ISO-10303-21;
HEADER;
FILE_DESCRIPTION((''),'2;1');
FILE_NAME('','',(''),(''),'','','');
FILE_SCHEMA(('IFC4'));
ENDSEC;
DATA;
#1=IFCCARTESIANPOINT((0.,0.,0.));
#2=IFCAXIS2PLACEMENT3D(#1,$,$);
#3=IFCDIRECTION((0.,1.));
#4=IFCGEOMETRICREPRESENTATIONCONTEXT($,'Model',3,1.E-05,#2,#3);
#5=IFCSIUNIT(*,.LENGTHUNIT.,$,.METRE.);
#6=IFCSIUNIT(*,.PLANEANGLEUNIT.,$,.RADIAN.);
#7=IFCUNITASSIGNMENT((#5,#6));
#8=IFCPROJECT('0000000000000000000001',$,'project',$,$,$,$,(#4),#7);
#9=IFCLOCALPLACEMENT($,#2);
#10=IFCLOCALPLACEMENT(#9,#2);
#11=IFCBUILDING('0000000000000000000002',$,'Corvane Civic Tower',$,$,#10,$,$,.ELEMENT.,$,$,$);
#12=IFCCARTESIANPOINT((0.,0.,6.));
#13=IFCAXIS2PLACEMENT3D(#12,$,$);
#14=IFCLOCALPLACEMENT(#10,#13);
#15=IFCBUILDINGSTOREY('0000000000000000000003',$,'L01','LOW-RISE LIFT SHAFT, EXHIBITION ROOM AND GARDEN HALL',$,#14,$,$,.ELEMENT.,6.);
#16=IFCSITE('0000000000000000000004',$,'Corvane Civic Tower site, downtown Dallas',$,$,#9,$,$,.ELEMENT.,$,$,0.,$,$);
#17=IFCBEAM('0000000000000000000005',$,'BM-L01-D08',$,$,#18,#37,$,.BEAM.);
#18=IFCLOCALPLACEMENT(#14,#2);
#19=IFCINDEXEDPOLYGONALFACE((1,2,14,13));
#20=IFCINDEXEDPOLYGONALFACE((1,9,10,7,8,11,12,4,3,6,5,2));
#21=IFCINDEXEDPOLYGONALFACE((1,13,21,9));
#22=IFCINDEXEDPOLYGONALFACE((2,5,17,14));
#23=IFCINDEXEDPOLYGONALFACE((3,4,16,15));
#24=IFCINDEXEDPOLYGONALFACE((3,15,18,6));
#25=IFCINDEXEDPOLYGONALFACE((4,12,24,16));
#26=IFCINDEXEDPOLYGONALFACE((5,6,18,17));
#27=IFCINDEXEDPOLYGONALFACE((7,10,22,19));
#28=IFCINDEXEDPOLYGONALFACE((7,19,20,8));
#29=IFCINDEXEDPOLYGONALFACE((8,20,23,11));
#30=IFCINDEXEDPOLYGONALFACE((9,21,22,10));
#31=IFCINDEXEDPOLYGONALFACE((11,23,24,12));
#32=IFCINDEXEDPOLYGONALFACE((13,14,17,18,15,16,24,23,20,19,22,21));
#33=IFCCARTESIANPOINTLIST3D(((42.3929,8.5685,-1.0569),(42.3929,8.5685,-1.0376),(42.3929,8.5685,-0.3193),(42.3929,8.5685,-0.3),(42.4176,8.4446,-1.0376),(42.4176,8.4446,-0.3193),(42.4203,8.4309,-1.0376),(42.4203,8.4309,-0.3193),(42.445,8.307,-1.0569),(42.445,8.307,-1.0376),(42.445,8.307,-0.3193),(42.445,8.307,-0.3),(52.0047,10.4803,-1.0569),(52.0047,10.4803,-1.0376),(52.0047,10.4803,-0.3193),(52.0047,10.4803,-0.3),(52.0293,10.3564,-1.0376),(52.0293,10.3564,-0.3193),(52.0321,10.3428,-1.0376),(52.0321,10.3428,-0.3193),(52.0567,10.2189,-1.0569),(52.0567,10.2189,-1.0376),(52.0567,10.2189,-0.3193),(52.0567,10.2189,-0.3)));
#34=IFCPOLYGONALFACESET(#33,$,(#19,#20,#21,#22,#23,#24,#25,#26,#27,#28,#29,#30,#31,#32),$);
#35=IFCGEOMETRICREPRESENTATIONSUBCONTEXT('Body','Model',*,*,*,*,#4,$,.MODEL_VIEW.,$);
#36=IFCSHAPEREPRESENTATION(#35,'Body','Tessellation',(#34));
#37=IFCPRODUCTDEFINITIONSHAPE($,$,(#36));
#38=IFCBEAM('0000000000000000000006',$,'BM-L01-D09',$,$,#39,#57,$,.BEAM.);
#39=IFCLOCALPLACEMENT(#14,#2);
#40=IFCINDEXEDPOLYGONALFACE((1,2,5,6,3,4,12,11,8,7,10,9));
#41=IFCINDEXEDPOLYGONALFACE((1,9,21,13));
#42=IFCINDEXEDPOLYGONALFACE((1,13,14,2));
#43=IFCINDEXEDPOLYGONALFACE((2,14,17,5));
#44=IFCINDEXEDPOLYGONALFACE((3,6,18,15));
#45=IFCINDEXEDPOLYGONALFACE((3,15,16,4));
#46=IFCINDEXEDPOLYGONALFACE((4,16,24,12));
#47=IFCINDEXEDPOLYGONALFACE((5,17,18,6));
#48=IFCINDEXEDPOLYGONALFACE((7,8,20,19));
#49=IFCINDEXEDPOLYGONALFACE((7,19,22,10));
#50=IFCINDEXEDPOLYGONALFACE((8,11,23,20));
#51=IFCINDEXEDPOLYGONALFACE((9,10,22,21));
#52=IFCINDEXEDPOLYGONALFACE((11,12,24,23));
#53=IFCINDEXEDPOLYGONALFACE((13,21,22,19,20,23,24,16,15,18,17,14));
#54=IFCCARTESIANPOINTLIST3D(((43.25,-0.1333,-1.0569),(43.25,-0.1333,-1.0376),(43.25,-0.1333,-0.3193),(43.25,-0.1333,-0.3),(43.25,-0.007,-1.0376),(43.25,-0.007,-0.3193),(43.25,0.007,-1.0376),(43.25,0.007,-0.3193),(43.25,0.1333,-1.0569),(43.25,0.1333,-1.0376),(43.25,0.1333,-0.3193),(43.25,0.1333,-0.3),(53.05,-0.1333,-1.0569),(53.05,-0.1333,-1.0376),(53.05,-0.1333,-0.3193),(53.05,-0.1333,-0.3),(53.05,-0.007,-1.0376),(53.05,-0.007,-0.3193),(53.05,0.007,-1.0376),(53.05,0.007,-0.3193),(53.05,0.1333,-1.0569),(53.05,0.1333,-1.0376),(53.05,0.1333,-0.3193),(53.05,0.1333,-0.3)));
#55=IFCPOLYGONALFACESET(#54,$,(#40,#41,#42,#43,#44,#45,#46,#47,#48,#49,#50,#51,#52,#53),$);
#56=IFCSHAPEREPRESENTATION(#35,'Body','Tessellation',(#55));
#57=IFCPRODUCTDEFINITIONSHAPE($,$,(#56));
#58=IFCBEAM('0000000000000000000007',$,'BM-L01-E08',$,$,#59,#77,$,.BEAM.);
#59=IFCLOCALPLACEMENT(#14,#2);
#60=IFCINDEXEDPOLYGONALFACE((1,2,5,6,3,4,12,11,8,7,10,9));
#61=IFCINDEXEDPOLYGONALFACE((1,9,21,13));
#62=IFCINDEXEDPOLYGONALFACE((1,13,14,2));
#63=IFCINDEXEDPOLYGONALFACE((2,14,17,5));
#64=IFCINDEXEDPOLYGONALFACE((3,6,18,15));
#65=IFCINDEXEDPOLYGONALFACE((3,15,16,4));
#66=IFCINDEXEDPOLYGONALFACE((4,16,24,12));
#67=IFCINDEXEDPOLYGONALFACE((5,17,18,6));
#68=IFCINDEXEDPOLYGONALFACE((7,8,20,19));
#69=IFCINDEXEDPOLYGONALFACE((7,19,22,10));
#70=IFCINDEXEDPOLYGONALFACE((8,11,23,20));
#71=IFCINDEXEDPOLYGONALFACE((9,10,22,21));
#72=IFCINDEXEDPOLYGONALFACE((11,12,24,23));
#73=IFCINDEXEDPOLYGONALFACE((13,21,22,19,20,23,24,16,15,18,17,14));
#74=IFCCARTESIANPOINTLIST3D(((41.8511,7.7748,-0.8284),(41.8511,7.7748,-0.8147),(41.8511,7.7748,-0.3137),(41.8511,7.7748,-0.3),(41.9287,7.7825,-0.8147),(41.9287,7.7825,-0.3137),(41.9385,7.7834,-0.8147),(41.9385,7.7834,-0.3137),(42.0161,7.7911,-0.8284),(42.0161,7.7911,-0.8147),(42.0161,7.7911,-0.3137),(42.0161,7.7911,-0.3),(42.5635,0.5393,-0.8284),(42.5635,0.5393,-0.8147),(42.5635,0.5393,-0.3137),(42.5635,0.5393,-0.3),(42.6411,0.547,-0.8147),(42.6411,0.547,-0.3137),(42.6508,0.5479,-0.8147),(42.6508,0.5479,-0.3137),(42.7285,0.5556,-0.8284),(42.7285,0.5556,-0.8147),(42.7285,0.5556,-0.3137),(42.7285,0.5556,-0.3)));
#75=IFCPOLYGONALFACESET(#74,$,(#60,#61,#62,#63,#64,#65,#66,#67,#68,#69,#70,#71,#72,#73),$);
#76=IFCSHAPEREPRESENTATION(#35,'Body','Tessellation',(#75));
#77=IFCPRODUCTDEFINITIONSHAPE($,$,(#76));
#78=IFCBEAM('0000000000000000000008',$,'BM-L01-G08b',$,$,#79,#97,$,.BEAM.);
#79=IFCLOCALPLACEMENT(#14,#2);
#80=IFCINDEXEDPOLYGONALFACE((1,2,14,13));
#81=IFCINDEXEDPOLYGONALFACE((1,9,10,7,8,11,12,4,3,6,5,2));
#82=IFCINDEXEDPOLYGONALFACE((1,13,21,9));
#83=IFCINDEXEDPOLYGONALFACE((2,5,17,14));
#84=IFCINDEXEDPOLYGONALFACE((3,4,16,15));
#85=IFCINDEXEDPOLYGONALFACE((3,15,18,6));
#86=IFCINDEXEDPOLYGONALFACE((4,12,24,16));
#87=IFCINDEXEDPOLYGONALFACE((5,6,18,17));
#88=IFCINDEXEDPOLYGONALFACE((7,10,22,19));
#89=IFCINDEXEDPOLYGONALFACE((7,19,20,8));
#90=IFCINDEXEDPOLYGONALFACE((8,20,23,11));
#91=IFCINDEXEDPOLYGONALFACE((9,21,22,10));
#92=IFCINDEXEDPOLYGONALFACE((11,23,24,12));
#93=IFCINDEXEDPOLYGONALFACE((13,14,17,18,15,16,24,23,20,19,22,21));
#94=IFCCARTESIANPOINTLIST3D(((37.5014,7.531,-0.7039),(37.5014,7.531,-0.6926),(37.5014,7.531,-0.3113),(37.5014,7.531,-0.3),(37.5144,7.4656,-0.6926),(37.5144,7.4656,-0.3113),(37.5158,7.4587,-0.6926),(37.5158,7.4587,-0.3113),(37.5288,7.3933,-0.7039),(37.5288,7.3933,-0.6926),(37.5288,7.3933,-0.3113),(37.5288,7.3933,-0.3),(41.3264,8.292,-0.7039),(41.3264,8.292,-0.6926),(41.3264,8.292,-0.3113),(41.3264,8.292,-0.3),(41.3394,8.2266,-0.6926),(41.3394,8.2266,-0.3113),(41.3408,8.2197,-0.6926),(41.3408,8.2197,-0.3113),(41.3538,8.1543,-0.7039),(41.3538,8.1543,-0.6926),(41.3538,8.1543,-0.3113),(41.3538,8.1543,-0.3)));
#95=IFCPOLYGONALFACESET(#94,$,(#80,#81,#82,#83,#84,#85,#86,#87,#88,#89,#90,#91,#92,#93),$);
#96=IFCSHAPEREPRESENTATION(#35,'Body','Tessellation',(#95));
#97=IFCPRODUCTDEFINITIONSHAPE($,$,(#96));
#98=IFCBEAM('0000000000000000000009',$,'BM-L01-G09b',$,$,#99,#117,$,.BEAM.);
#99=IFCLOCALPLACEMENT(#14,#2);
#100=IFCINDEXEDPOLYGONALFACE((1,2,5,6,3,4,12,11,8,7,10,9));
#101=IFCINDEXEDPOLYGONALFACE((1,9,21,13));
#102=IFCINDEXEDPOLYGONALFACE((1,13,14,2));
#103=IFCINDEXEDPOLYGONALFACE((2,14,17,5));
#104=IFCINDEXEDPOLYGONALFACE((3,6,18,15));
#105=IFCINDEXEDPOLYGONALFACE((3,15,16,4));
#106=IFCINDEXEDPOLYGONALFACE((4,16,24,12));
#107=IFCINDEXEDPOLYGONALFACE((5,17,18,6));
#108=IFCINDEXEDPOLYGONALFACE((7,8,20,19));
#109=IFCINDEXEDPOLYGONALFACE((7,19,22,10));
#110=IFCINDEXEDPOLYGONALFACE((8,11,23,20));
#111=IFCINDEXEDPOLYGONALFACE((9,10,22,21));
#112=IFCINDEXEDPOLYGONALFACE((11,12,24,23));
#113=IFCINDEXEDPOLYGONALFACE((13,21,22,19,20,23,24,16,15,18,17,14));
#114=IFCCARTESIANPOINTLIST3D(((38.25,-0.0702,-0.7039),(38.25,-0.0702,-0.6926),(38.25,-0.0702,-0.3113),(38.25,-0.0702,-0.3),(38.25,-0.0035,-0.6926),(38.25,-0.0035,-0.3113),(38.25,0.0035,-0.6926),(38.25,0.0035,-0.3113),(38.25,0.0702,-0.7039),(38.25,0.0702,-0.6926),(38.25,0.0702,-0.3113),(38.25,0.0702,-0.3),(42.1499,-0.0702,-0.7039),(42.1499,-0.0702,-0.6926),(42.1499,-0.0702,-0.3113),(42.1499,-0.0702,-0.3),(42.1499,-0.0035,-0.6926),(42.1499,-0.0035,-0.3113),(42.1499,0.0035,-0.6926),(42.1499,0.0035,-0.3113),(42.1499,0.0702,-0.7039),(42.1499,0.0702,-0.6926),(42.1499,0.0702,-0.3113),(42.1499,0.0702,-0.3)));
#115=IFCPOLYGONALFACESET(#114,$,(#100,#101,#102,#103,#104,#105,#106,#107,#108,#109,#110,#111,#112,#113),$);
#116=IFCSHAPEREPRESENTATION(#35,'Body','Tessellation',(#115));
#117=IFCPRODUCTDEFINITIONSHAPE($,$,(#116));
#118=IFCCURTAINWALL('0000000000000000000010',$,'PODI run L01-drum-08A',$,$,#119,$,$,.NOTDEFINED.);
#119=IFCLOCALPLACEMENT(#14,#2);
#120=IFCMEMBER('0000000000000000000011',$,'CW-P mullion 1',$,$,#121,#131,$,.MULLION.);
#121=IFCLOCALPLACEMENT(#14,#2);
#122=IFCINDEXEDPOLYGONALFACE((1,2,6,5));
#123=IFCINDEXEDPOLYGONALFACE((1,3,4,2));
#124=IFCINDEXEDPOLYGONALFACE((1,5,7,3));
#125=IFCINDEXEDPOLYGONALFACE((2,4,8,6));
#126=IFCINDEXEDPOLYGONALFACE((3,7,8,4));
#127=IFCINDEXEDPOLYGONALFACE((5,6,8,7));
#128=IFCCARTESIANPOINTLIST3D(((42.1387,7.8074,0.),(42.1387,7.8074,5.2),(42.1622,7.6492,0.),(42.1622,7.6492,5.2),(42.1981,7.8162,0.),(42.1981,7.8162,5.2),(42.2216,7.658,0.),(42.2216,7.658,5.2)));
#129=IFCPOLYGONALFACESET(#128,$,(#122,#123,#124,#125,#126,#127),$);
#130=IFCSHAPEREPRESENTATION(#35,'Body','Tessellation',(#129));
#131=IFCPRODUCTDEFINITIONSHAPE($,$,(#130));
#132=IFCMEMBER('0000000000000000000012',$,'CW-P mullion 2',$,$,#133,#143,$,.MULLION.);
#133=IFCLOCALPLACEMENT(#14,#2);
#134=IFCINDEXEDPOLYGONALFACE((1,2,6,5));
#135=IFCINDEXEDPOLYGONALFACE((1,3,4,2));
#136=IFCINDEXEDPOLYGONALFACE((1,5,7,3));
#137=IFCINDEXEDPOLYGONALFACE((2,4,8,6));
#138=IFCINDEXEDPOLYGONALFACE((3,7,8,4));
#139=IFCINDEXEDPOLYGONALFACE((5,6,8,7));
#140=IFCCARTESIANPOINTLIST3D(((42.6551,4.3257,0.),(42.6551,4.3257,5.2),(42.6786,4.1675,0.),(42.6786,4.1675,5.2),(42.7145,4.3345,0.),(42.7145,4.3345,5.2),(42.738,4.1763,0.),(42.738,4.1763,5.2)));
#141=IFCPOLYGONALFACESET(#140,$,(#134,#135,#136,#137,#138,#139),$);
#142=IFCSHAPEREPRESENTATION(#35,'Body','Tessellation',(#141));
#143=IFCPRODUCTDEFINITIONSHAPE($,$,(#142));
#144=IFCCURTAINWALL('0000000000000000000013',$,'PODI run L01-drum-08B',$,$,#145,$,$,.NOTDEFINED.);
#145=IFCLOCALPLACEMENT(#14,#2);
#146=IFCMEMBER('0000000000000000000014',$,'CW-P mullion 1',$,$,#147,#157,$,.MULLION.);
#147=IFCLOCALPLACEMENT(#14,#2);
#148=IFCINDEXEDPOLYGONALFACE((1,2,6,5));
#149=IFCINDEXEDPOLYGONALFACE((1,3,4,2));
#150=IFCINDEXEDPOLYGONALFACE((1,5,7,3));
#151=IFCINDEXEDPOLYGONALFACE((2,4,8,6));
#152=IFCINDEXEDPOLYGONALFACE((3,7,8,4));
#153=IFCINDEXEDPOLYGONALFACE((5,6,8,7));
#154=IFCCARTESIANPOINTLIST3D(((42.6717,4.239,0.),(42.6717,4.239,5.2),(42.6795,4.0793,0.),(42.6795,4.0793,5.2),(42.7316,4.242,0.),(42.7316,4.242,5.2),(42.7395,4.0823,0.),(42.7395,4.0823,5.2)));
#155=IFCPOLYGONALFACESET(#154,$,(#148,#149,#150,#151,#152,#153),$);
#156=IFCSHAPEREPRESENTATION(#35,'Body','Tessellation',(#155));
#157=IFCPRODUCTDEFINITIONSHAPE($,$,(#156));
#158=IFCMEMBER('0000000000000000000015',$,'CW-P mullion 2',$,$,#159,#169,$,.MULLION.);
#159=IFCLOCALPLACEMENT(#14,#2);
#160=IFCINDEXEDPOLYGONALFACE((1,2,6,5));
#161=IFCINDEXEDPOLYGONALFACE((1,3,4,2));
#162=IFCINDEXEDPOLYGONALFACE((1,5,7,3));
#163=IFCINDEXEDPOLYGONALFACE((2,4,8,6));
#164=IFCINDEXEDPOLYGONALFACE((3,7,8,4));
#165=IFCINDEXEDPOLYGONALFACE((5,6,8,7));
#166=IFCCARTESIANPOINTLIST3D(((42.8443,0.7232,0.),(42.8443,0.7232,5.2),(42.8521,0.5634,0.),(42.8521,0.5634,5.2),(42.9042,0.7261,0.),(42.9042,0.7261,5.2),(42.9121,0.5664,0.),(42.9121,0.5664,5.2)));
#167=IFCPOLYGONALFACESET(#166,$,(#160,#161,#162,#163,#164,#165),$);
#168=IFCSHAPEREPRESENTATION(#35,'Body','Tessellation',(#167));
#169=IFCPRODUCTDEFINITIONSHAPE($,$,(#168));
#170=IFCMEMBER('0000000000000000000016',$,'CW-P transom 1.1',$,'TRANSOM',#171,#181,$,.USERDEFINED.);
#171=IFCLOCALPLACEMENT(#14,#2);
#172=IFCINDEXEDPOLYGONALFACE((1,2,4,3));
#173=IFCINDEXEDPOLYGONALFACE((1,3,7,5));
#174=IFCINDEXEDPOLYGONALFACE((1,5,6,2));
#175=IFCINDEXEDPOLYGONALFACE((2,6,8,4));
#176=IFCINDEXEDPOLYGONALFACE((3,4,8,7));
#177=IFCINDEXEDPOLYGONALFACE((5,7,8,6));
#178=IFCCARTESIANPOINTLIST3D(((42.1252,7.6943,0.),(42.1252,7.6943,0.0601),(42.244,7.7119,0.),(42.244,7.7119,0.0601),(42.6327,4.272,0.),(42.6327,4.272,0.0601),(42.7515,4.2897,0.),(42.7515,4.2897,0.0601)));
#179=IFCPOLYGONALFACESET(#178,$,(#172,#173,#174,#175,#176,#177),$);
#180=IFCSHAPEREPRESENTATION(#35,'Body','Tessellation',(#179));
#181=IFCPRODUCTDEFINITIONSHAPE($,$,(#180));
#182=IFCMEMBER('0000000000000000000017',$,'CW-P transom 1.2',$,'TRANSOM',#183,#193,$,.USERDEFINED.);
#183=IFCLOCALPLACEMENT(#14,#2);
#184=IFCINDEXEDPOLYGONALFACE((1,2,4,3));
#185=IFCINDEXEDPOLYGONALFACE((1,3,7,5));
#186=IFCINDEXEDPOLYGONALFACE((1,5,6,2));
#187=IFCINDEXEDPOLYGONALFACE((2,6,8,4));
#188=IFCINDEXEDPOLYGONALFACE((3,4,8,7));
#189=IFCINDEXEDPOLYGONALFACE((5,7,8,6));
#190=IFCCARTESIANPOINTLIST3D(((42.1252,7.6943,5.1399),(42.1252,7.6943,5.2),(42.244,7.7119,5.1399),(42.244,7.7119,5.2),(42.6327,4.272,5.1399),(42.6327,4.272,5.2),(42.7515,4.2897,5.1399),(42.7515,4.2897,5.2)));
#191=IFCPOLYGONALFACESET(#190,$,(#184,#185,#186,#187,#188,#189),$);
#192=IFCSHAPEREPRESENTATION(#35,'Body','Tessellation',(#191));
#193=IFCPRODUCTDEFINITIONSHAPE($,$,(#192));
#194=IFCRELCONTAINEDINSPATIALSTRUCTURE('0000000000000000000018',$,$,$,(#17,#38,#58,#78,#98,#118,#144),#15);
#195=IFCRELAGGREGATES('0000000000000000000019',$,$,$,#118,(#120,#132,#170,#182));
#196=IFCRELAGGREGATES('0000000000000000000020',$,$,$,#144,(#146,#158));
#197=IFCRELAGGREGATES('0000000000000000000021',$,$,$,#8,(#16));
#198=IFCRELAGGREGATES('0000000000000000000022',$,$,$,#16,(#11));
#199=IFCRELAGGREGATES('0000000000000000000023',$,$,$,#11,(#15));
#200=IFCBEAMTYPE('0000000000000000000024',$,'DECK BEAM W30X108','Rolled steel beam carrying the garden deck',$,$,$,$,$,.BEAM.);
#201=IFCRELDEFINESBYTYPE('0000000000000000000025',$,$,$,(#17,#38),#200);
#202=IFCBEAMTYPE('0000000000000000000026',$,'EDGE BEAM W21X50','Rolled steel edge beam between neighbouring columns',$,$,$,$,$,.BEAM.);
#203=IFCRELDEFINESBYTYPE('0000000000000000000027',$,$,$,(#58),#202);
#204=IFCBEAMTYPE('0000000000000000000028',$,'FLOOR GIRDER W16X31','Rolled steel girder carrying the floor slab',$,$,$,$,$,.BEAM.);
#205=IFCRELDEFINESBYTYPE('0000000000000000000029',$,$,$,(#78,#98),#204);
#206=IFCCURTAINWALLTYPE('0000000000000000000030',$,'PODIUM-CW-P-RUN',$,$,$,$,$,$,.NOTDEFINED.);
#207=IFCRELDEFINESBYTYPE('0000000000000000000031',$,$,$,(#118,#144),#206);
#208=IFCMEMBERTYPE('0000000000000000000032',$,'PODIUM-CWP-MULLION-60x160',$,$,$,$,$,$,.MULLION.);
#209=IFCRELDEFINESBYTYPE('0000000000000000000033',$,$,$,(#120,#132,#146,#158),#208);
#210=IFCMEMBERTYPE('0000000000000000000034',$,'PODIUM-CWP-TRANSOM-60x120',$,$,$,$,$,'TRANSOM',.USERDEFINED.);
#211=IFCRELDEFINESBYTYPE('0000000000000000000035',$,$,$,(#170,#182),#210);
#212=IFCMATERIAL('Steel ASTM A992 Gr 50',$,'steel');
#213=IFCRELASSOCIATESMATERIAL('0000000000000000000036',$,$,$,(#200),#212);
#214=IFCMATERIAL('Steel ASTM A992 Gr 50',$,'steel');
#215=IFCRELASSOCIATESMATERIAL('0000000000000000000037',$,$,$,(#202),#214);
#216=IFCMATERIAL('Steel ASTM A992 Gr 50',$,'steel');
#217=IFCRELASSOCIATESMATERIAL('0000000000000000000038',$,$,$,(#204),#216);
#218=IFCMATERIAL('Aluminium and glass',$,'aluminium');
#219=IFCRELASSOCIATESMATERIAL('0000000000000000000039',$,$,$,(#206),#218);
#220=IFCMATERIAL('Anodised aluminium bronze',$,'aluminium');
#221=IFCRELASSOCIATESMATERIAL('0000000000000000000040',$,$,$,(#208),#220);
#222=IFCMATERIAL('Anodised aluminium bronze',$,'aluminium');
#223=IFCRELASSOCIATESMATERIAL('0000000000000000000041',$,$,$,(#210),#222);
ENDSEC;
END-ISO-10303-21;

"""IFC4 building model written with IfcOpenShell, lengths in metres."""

from ifc_helpers import new_model, si_unit, direction, frame, origin, origin_2d, place, context, subcontext, project, spatial, rectangle, i_section, extrude, material, material_profile, profile_set, type_object, element, aggregate, save


model = new_model("IFC4")

# Units and contexts
model_context = context("Model", 3, precision=1e-05, world=origin(), true_north=direction((0.0, 1.0)))
body_context = subcontext(model_context, "Body", "Model", "MODEL_VIEW")
ifc_project = project(units=[si_unit("LENGTHUNIT", "METRE"), si_unit("PLANEANGLEUNIT", "RADIAN")], contexts=[model_context])

# Site, building, storey
site_placement = place(None, origin())
site = spatial("IfcSite", under=ifc_project, at=site_placement, Name="Corvane Civic Tower site, downtown Dallas", CompositionType="ELEMENT", RefElevation=0.0)
building_placement = place(site_placement, origin())
building = spatial("IfcBuilding", under=site, at=building_placement, Name="Corvane Civic Tower", CompositionType="ELEMENT")
storey_placement = place(building_placement, frame((0.0, 0.0, 6.0)))
storey = spatial("IfcBuildingStorey", under=building, at=storey_placement, Name="L01", Description="LOW-RISE LIFT SHAFT, EXHIBITION ROOM AND GARDEN HALL", CompositionType="ELEMENT", Elevation=6.0)

# Beams
ifc_material_1 = material(Name="Steel ASTM A992 Gr 50", Category="steel")
ifc_material_profile_1 = material_profile(ifc_material_1, i_section(OverallWidth=0.2666, OverallDepth=0.7568, WebThickness=0.0139, FlangeThickness=0.0193, at=origin_2d()), Name="W30X108")
ifc_profile_set_1 = profile_set([ifc_material_profile_1], Name="Steel ASTM A992 Gr 50")
beam_type_1 = type_object("IfcBeamType", Name="DECK BEAM W30X108", Description="Rolled steel beam carrying the garden deck", PredefinedType="BEAM", material=ifc_profile_set_1)
for number, where, z_axis, x_axis, name in (
    (1, (42.4189, 8.4377, -0.6785), (0.980786, 0.195086, 0.0), (-0.195086, 0.980786, 0.0), "BM-L01-D08"),
    (2, (43.25, 0.0, -0.6785), (1.0, 0.0, 0.0), (0.0, 1.0, 0.0), "BM-L01-D09"),
):
    element("IfcBeam", number, at=place(storey_placement, frame(where, z_axis=z_axis, x_axis=x_axis)), inside=storey, type_object=beam_type_1, Name=name, PredefinedType="BEAM", context=body_context, shape_type="SweptSolid", body=[
        extrude(i_section(OverallWidth=0.2666, OverallDepth=0.7568, WebThickness=0.0139, FlangeThickness=0.0193, at=origin_2d()), origin(), (0.0, 0.0, 1.0), 9.8),
    ])
ifc_material_2 = material(Name="Steel ASTM A992 Gr 50", Category="steel")
ifc_material_profile_2 = material_profile(ifc_material_2, i_section(OverallWidth=0.1658, OverallDepth=0.5283, WebThickness=0.0098, FlangeThickness=0.0137, at=origin_2d()), Name="W21X50")
ifc_profile_set_2 = profile_set([ifc_material_profile_2], Name="Steel ASTM A992 Gr 50")
beam_type_2 = type_object("IfcBeamType", Name="EDGE BEAM W21X50", Description="Rolled steel edge beam between neighbouring columns", PredefinedType="BEAM", material=ifc_profile_set_2)
beam_placement = place(storey_placement, frame((41.9336, 7.783, -0.5642), z_axis=(0.097984, -0.995188, 0.0), x_axis=(0.995188, 0.097984, 0.0)))
element("IfcBeam", 3, at=beam_placement, inside=storey, type_object=beam_type_2, Name="BM-L01-E08", PredefinedType="BEAM", context=body_context, shape_type="SweptSolid", body=[
    extrude(i_section(OverallWidth=0.1658, OverallDepth=0.5283, WebThickness=0.0098, FlangeThickness=0.0137, at=origin_2d()), origin(), (0.0, 0.0, 1.0), 7.2705),
])
ifc_material_3 = material(Name="Steel ASTM A992 Gr 50", Category="steel")
ifc_material_profile_3 = material_profile(ifc_material_3, i_section(OverallWidth=0.1404, OverallDepth=0.4038, WebThickness=0.0071, FlangeThickness=0.0112, at=origin_2d()), Name="W16X31")
ifc_profile_set_3 = profile_set([ifc_material_profile_3], Name="Steel ASTM A992 Gr 50")
beam_type_3 = type_object("IfcBeamType", Name="FLOOR GIRDER W16X31", Description="Rolled steel girder carrying the floor slab", PredefinedType="BEAM", material=ifc_profile_set_3)
for number, where, z_axis, x_axis, name in (
    (4, (37.5151, 7.4622, -0.502), (0.980778, 0.195129, 0.0), (-0.195129, 0.980778, 0.0), "BM-L01-G08b"),
    (5, (38.25, 0.0, -0.502), (1.0, 0.0, 0.0), (0.0, 1.0, 0.0), "BM-L01-G09b"),
):
    element("IfcBeam", number, at=place(storey_placement, frame(where, z_axis=z_axis, x_axis=x_axis)), inside=storey, type_object=beam_type_3, Name=name, PredefinedType="BEAM", context=body_context, shape_type="SweptSolid", body=[
        extrude(i_section(OverallWidth=0.1404, OverallDepth=0.4038, WebThickness=0.0071, FlangeThickness=0.0112, at=origin_2d()), origin(), (0.0, 0.0, 1.0), 3.8999),
    ])

# Curtain walls, members
ifc_material_4 = material(Name="Aluminium and glass", Category="aluminium")
curtain_wall_type = type_object("IfcCurtainWallType", Name="PODIUM-CW-P-RUN", PredefinedType="NOTDEFINED", material=ifc_material_4)
curtain_wall_1_placement = place(storey_placement, origin())
curtain_wall_1 = element("IfcCurtainWall", 6, at=curtain_wall_1_placement, inside=storey, type_object=curtain_wall_type, Name="PODI run L01-drum-08A", PredefinedType="NOTDEFINED")
ifc_material_5 = material(Name="Anodised aluminium bronze", Category="aluminium")
ifc_material_profile_4 = material_profile(ifc_material_5, rectangle(XDim=0.0601, YDim=0.1599, at=origin_2d()), Name="AL 60x160")
ifc_profile_set_4 = profile_set([ifc_material_profile_4], Name="Anodised aluminium bronze")
member_type_1 = type_object("IfcMemberType", Name="PODIUM-CWP-MULLION-60x160", PredefinedType="MULLION", material=ifc_profile_set_4)
member_1_placement = place(storey_placement, frame((42.1802, 7.7327, 0.0), z_axis=(0.0, 0.0, 1.0), x_axis=(0.989179, 0.146715, 0.0)))
member_1 = element("IfcMember", 7, at=member_1_placement, type_object=member_type_1, Name="CW-P mullion 1", PredefinedType="MULLION", context=body_context, shape_type="SweptSolid", body=[
    extrude(rectangle(XDim=0.0601, YDim=0.1599, at=origin_2d()), origin(), (0.0, 0.0, 1.0), 5.2),
])
member_2_placement = place(storey_placement, frame((42.6965, 4.251, 0.0), z_axis=(0.0, 0.0, 1.0), x_axis=(0.989179, 0.146715, 0.0)))
member_2 = element("IfcMember", 8, at=member_2_placement, type_object=member_type_1, Name="CW-P mullion 2", PredefinedType="MULLION", context=body_context, shape_type="SweptSolid", body=[
    extrude(rectangle(XDim=0.0601, YDim=0.1599, at=origin_2d()), origin(), (0.0, 0.0, 1.0), 5.2),
])
curtain_wall_2_placement = place(storey_placement, origin())
curtain_wall_2 = element("IfcCurtainWall", 9, at=curtain_wall_2_placement, inside=storey, type_object=curtain_wall_type, Name="PODI run L01-drum-08B", PredefinedType="NOTDEFINED")
member_3_placement = place(storey_placement, frame((42.7056, 4.1606, 0.0), z_axis=(0.0, 0.0, 1.0), x_axis=(0.998796, 0.04905, 0.0)))
member_3 = element("IfcMember", 10, at=member_3_placement, type_object=member_type_1, Name="CW-P mullion 1", PredefinedType="MULLION", context=body_context, shape_type="SweptSolid", body=[
    extrude(rectangle(XDim=0.0601, YDim=0.1599, at=origin_2d()), origin(), (0.0, 0.0, 1.0), 5.2),
])
member_4_placement = place(storey_placement, frame((42.8782, 0.6448, 0.0), z_axis=(0.0, 0.0, 1.0), x_axis=(0.998796, 0.04905, 0.0)))
member_4 = element("IfcMember", 11, at=member_4_placement, type_object=member_type_1, Name="CW-P mullion 2", PredefinedType="MULLION", context=body_context, shape_type="SweptSolid", body=[
    extrude(rectangle(XDim=0.0601, YDim=0.1599, at=origin_2d()), origin(), (0.0, 0.0, 1.0), 5.2),
])

# Members
ifc_material_6 = material(Name="Anodised aluminium bronze", Category="aluminium")
ifc_material_profile_5 = material_profile(ifc_material_6, rectangle(XDim=0.1201, YDim=0.0601, at=origin_2d()), Name="AL 120x60")
ifc_profile_set_5 = profile_set([ifc_material_profile_5], Name="Anodised aluminium bronze")
member_type_2 = type_object("IfcMemberType", Name="PODIUM-CWP-TRANSOM-60x120", ElementType="TRANSOM", PredefinedType="USERDEFINED", material=ifc_profile_set_5)
member_5_placement = place(storey_placement, frame((42.1846, 7.7031, 0.03), z_axis=(0.146705, -0.98918, 0.0), x_axis=(0.98918, 0.146705, 0.0)))
member_5 = element("IfcMember", 12, at=member_5_placement, type_object=member_type_2, Name="CW-P transom 1.1", ObjectType="TRANSOM", PredefinedType="USERDEFINED", context=body_context, shape_type="SweptSolid", body=[
    extrude(rectangle(XDim=0.1201, YDim=0.0601, at=origin_2d()), origin(), (0.0, 0.0, 1.0), 3.4597),
])
member_6_placement = place(storey_placement, frame((42.1846, 7.7031, 5.1699), z_axis=(0.146705, -0.98918, 0.0), x_axis=(0.98918, 0.146705, 0.0)))
member_6 = element("IfcMember", 13, at=member_6_placement, type_object=member_type_2, Name="CW-P transom 1.2", ObjectType="TRANSOM", PredefinedType="USERDEFINED", context=body_context, shape_type="SweptSolid", body=[
    extrude(rectangle(XDim=0.1201, YDim=0.0601, at=origin_2d()), origin(), (0.0, 0.0, 1.0), 3.4597),
])

aggregate(curtain_wall_1, [member_1, member_2, member_5, member_6])
aggregate(curtain_wall_2, [member_3, member_4])

save(model, "model.ifc")
